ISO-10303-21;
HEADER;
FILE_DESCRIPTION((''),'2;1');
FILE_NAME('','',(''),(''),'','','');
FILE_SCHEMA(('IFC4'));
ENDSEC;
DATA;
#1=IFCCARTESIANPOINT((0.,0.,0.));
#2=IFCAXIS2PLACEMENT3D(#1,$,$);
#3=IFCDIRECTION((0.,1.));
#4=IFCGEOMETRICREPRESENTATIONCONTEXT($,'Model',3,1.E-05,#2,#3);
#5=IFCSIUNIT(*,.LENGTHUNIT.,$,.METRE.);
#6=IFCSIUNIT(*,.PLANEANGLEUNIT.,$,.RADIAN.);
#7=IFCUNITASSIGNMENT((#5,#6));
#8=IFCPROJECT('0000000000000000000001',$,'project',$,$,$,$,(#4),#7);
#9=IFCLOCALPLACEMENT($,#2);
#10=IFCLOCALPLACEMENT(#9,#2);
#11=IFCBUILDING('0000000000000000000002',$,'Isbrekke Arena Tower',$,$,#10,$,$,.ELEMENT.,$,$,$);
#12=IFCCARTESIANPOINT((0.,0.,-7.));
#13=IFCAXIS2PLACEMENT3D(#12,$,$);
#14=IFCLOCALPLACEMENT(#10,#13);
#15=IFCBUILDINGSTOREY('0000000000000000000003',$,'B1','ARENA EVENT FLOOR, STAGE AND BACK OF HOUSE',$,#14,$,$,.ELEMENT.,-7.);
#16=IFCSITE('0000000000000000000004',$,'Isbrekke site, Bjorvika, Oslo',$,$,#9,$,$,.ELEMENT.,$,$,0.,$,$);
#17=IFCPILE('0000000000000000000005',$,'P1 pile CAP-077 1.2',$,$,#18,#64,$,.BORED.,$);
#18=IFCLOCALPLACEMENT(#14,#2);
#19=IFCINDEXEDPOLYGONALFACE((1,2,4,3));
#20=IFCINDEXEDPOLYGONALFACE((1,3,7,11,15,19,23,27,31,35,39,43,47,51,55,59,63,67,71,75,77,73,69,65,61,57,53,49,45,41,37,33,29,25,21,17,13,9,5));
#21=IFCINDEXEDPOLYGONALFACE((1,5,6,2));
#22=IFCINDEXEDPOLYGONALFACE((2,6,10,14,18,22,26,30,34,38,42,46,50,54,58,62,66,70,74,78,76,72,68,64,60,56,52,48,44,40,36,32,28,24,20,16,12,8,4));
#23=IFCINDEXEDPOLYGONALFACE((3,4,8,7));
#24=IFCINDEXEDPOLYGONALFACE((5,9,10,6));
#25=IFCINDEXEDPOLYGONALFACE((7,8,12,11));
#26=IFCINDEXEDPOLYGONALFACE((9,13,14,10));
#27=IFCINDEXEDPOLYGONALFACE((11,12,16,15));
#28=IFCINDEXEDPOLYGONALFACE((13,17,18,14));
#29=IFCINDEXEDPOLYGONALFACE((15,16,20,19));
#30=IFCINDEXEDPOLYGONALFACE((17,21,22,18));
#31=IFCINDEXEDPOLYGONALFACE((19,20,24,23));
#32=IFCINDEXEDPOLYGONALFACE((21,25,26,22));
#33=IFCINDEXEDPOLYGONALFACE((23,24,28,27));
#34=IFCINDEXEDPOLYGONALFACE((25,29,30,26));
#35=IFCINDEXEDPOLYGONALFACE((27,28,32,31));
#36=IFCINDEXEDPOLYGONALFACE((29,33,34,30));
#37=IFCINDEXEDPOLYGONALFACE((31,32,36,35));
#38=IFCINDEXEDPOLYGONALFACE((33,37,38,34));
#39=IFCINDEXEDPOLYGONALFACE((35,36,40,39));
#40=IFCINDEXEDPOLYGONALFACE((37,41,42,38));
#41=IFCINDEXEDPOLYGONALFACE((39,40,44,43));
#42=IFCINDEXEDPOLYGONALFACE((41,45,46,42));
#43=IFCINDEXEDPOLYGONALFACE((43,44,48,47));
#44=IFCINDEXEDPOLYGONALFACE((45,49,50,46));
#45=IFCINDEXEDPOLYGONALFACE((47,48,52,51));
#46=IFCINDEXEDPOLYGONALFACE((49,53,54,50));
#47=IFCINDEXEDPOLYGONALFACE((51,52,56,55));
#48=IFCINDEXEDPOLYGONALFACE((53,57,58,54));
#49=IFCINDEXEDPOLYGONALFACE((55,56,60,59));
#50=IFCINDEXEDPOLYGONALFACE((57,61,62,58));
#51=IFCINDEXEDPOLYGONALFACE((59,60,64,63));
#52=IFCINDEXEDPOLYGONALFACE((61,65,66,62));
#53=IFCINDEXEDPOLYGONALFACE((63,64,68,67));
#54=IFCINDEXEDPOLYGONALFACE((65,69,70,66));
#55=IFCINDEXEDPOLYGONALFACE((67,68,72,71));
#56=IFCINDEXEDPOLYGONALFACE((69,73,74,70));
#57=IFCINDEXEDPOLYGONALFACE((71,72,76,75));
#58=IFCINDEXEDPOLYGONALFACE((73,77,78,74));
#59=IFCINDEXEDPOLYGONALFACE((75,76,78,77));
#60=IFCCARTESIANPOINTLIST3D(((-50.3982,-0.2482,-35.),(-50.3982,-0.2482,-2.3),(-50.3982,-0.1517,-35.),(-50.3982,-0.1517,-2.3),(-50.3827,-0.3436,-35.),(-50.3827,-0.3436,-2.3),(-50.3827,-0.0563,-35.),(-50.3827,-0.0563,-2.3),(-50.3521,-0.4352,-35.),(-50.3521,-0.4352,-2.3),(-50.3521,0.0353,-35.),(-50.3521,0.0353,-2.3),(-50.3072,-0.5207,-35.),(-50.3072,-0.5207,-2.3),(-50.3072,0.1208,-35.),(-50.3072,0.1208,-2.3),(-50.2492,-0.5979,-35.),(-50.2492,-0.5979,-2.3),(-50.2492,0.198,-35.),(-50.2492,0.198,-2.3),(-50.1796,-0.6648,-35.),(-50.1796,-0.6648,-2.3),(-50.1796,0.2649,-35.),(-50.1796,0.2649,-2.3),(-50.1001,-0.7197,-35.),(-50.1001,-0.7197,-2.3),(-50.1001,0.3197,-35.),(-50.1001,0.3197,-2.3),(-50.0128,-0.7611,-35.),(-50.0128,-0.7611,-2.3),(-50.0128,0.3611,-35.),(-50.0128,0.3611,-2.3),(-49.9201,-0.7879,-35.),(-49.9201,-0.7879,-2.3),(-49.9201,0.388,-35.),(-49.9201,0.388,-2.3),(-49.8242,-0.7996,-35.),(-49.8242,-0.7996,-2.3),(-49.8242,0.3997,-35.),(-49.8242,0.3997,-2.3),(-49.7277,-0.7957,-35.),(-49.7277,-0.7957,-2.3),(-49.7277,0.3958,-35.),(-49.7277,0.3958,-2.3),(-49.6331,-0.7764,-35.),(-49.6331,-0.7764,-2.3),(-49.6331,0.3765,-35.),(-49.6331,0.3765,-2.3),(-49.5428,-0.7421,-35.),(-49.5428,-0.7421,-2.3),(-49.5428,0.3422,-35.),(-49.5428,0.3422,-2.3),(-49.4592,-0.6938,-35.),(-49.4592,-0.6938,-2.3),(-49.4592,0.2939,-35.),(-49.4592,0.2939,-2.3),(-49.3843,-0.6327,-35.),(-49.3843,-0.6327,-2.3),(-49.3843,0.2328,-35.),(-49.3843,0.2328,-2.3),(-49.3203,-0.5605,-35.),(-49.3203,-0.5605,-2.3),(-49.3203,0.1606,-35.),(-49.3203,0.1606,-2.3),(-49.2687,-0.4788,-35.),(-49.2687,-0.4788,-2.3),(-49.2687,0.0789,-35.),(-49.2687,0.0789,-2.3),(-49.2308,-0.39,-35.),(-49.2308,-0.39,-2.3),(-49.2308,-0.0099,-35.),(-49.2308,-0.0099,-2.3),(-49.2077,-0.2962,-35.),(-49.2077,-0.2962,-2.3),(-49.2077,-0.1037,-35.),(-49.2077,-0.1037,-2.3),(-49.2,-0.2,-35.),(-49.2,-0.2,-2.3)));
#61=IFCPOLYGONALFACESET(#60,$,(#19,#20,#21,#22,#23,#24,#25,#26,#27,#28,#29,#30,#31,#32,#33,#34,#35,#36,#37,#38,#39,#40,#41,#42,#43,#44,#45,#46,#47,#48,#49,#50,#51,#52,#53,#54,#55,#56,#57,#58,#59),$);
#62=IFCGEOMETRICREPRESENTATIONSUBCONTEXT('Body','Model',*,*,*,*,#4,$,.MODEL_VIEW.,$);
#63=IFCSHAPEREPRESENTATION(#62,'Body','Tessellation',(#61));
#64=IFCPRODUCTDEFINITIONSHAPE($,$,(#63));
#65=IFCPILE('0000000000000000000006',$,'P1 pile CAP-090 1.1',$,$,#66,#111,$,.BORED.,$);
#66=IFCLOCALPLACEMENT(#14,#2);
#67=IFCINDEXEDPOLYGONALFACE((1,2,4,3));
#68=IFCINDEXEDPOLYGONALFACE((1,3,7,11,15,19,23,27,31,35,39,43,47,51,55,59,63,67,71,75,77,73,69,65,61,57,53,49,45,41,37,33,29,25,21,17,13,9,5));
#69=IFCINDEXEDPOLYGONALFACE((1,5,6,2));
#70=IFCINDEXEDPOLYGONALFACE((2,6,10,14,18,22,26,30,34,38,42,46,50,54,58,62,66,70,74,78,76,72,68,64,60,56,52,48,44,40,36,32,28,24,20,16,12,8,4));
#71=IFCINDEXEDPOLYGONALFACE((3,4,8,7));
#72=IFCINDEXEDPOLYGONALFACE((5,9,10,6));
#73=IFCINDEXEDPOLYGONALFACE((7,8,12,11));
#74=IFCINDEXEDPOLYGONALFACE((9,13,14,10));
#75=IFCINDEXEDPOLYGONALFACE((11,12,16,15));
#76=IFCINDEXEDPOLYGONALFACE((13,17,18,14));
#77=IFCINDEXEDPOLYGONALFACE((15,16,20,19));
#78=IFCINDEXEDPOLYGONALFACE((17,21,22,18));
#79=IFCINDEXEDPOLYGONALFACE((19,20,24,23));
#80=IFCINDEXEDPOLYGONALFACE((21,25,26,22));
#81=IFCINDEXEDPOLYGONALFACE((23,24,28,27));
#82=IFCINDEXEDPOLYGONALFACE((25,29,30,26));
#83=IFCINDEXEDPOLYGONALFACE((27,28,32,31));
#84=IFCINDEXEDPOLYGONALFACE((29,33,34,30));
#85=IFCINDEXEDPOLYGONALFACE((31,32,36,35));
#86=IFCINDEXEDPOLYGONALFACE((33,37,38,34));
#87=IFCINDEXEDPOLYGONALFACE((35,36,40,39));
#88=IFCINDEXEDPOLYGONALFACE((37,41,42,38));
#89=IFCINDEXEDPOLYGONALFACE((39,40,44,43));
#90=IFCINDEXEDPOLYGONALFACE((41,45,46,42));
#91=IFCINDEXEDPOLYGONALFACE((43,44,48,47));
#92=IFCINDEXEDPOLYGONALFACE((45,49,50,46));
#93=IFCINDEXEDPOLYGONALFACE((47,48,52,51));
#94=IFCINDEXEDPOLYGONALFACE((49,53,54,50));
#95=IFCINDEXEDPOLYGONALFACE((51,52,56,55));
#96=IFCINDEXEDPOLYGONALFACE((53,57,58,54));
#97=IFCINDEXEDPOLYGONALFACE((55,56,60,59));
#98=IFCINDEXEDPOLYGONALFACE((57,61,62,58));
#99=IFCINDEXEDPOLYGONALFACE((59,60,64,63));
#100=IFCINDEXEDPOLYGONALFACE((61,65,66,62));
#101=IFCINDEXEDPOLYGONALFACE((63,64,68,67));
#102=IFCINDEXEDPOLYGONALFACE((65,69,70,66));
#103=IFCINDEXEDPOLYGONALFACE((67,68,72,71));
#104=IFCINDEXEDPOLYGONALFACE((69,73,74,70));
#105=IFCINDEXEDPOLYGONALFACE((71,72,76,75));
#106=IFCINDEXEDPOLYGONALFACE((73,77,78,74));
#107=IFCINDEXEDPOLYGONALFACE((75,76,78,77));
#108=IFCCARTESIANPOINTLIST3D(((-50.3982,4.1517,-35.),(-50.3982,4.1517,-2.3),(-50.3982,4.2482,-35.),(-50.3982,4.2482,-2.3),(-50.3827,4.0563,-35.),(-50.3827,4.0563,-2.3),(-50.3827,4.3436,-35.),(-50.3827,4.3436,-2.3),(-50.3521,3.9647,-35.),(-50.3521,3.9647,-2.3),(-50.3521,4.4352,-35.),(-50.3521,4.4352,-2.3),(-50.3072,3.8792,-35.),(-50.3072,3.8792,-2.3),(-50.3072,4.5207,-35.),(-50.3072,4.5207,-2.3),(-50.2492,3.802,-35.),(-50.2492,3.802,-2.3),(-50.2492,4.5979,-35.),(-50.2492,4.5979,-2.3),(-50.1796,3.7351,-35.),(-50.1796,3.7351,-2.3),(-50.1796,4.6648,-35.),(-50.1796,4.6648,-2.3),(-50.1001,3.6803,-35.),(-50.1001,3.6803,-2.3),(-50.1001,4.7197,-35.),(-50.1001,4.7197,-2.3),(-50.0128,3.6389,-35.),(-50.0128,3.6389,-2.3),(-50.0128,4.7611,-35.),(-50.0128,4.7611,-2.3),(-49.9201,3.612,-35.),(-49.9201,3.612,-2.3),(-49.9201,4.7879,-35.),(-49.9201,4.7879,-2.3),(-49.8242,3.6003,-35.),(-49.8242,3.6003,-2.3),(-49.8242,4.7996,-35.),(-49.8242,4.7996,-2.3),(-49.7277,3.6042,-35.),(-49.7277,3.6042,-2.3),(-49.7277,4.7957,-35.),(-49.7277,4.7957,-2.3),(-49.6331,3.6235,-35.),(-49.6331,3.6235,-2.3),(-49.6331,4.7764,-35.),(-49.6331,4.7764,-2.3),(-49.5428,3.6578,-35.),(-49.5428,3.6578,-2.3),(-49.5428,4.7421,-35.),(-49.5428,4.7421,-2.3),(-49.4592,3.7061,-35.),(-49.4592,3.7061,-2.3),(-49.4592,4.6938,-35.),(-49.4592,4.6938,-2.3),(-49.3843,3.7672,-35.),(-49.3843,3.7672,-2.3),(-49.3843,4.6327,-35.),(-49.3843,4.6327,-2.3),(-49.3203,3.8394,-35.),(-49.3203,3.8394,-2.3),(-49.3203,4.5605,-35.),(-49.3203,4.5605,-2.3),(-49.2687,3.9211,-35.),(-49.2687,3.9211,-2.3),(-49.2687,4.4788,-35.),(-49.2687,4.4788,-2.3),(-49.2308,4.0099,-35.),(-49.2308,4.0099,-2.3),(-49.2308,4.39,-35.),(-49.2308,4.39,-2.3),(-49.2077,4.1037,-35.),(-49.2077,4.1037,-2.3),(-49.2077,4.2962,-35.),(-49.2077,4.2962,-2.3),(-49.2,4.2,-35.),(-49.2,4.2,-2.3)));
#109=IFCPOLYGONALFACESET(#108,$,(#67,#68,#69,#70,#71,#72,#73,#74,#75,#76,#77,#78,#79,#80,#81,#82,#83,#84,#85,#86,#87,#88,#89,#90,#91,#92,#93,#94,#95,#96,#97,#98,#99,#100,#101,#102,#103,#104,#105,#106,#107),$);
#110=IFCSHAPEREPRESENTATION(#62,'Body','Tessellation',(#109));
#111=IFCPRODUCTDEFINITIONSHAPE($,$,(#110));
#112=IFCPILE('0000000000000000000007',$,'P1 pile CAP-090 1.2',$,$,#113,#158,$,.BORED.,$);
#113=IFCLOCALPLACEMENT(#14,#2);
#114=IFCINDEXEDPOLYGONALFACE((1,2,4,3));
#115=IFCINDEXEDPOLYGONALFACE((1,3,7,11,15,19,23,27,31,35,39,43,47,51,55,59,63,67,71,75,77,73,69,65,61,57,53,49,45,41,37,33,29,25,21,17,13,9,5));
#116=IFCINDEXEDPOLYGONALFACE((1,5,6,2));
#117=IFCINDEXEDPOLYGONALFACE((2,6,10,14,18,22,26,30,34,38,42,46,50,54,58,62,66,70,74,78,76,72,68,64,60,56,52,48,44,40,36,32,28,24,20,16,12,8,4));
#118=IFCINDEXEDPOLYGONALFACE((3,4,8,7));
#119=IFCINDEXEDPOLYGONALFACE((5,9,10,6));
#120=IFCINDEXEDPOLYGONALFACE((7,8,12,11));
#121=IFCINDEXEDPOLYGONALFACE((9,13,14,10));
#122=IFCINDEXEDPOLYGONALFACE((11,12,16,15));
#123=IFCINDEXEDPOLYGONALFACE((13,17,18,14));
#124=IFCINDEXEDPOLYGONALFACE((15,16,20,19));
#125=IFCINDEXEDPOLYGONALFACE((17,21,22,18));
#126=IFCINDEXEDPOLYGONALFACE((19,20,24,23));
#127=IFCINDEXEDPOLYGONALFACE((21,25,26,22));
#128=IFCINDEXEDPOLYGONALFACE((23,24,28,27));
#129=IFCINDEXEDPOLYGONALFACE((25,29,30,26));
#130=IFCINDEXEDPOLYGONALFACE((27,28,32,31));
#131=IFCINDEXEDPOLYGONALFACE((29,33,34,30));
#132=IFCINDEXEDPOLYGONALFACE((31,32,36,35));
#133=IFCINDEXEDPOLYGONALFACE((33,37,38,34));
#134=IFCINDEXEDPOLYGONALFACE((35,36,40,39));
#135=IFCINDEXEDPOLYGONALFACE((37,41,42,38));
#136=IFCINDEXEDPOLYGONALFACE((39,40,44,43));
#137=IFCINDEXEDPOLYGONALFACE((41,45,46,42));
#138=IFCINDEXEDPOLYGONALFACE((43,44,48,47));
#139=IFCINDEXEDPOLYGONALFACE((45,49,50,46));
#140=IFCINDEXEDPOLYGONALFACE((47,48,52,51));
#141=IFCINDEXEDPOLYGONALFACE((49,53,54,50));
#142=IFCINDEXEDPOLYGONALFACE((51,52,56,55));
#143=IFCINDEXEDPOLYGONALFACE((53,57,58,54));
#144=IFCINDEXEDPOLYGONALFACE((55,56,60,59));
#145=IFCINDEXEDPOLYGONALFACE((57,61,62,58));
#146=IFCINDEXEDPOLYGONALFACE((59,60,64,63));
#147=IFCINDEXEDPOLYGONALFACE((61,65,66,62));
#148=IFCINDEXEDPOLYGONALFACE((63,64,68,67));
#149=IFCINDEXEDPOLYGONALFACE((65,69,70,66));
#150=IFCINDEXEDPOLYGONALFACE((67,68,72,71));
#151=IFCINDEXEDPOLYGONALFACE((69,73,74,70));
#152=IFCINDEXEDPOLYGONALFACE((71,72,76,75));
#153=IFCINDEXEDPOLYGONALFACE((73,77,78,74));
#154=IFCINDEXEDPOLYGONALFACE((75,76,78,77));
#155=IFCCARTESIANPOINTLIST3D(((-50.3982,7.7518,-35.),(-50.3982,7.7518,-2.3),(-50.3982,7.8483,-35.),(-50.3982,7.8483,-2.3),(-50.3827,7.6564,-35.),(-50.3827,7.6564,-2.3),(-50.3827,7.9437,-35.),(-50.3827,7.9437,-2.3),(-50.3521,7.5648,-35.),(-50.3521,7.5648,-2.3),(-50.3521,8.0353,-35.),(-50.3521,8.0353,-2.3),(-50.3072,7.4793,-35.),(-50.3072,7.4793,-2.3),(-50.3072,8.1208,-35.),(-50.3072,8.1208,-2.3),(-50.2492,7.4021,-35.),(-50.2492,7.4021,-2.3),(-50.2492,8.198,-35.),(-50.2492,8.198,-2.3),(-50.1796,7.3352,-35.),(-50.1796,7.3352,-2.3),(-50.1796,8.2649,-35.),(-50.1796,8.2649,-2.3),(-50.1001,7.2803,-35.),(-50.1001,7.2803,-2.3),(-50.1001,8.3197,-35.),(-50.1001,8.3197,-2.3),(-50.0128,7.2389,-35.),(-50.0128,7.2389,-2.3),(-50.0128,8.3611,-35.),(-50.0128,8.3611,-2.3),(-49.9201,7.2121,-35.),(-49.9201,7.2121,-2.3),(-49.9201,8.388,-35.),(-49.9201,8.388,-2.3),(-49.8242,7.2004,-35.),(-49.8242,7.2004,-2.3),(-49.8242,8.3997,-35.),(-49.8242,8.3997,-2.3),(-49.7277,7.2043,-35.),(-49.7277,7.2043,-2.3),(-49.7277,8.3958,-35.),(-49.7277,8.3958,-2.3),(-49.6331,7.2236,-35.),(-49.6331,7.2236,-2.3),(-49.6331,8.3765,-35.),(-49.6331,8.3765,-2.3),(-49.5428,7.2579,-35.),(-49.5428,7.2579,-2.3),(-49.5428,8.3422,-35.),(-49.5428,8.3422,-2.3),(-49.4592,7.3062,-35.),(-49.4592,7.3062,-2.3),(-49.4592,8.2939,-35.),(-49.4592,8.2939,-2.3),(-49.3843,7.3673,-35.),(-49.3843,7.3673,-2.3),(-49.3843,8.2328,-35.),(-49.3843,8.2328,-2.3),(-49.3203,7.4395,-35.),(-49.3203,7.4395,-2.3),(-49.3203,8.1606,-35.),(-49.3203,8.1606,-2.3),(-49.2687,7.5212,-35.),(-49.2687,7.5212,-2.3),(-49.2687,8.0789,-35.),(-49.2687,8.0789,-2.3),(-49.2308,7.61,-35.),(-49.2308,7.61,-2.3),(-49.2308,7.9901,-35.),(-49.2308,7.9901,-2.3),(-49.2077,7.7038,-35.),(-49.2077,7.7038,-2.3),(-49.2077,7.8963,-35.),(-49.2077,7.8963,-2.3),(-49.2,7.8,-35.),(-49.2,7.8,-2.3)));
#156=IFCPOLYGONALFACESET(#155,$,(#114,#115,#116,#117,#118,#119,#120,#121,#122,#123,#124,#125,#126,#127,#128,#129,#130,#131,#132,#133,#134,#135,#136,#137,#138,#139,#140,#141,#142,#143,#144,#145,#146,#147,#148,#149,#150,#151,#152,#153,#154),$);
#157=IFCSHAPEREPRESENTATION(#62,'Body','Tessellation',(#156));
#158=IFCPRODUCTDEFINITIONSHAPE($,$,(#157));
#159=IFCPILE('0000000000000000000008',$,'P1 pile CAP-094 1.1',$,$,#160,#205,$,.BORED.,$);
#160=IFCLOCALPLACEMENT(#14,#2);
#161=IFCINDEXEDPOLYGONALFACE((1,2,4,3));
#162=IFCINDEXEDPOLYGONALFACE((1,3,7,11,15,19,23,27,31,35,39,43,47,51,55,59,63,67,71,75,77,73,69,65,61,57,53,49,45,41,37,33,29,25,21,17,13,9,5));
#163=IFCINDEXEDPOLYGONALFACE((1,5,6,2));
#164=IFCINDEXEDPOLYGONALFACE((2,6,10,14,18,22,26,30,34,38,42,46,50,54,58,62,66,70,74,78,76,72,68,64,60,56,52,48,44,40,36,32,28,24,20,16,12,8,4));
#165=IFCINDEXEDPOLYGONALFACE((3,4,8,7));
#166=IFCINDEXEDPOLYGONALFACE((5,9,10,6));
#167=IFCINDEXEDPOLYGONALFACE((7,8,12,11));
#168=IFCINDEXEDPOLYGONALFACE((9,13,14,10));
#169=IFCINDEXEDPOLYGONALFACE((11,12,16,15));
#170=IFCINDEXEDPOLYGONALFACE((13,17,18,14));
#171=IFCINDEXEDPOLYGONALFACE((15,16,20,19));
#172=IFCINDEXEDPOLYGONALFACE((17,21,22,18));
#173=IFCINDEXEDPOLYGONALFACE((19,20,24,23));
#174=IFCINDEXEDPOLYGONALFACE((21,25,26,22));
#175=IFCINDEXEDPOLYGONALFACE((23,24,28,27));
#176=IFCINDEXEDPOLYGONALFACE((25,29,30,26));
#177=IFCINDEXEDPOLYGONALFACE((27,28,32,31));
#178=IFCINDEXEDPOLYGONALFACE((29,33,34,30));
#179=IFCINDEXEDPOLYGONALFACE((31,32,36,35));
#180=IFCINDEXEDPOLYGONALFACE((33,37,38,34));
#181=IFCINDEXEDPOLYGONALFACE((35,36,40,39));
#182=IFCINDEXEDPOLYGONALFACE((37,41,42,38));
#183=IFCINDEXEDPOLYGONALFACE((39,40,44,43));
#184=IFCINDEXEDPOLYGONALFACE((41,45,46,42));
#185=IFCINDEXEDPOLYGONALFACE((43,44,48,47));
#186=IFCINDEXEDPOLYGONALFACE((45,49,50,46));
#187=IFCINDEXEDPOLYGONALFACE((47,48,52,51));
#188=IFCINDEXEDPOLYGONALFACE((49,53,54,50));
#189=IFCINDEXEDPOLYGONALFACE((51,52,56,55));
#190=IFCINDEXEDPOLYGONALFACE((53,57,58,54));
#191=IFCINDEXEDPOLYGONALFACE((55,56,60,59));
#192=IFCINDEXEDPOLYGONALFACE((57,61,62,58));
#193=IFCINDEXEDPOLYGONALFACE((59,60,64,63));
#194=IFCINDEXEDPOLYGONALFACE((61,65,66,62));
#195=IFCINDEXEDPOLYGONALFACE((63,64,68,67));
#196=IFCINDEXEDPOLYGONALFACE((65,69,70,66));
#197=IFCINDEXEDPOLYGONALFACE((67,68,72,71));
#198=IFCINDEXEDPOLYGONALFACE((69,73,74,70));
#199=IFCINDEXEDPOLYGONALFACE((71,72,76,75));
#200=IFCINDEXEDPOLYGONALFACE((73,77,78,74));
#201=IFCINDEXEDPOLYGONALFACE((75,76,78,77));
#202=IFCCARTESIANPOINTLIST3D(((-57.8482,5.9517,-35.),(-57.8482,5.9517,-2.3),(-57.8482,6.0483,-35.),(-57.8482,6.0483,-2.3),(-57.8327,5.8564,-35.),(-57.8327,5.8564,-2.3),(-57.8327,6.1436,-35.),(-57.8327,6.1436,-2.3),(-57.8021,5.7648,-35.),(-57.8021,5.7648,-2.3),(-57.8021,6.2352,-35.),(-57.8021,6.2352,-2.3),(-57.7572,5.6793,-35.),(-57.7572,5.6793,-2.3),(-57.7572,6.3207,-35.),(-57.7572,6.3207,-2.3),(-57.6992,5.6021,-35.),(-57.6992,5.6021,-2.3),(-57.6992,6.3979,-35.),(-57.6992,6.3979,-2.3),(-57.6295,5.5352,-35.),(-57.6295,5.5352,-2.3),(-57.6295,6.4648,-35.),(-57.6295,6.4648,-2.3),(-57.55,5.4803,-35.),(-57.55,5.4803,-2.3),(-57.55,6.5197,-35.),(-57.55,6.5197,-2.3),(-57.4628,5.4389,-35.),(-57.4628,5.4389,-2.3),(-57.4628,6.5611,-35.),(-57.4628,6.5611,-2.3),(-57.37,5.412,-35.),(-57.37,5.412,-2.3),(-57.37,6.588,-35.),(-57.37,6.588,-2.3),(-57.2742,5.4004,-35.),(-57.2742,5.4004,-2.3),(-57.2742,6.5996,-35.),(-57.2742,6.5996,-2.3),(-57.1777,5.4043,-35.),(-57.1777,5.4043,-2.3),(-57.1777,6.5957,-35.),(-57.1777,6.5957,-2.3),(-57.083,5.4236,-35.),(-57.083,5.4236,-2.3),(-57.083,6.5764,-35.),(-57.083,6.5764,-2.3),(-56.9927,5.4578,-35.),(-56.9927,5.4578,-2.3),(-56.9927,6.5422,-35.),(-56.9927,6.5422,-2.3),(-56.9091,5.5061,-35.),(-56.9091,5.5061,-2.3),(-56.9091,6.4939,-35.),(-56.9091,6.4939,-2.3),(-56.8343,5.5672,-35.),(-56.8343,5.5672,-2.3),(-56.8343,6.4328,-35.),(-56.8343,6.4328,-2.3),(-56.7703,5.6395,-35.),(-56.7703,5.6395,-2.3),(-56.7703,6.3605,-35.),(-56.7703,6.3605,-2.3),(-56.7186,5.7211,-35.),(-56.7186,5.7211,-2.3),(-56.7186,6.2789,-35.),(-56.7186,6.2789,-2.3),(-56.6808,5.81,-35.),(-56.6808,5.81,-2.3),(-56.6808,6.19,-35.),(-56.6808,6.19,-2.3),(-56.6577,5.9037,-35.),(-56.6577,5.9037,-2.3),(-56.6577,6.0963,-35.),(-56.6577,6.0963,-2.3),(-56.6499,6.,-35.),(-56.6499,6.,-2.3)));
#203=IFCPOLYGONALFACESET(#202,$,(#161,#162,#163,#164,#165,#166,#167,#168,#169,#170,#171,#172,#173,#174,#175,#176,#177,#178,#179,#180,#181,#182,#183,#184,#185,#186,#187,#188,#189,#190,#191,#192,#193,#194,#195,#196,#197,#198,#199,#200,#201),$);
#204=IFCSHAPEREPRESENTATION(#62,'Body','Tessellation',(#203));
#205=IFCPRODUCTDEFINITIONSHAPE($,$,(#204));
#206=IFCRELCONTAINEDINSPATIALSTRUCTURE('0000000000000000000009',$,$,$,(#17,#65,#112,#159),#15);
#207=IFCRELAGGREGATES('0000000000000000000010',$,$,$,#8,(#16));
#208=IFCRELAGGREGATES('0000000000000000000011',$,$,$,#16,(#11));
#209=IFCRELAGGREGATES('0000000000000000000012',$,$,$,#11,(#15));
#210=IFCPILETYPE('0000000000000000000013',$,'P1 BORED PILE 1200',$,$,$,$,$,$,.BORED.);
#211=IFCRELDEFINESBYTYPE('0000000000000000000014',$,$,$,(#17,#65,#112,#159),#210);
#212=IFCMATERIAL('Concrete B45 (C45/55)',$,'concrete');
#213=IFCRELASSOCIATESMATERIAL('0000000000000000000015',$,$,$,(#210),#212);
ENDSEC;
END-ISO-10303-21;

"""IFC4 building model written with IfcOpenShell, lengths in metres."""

from ifc_helpers import new_model, si_unit, direction, frame, origin, origin_2d, place, context, subcontext, project, spatial, circle, extrude, material, material_profile, profile_set, type_object, element, save


model = new_model("IFC4")

# Units and contexts
model_context = context("Model", 3, precision=1e-05, world=origin(), true_north=direction((0.0, 1.0)))
body_context = subcontext(model_context, "Body", "Model", "MODEL_VIEW")
ifc_project = project(units=[si_unit("LENGTHUNIT", "METRE"), si_unit("PLANEANGLEUNIT", "RADIAN")], contexts=[model_context])

# Site, building, storey
site_placement = place(None, origin())
site = spatial("IfcSite", under=ifc_project, at=site_placement, Name="Isbrekke site, Bjorvika, Oslo", CompositionType="ELEMENT", RefElevation=0.0)
building_placement = place(site_placement, origin())
building = spatial("IfcBuilding", under=site, at=building_placement, Name="Isbrekke Arena Tower", CompositionType="ELEMENT")
storey_placement = place(building_placement, frame((0.0, 0.0, -7.0)))
storey = spatial("IfcBuildingStorey", under=building, at=storey_placement, Name="B1", Description="ARENA EVENT FLOOR, STAGE AND BACK OF HOUSE", CompositionType="ELEMENT", Elevation=-7.0)

# Piles
ifc_material_1 = material(Name="Concrete B45 (C45/55)", Category="concrete")
ifc_material_profile_1 = material_profile(ifc_material_1, circle(Radius=0.6001, at=origin_2d()), Name="BORED PILE D1200")
ifc_profile_set_1 = profile_set([ifc_material_profile_1], Name="Concrete B45 (C45/55)")
pile_type = type_object("IfcPileType", Name="P1 BORED PILE 1200", PredefinedType="BORED", material=ifc_profile_set_1)
for number, where, z_axis, x_axis, name in (
    (1, (-49.8, -0.2, -2.3), (0.0, 0.0, -1.0), (1.0, 0.0, 0.0), "P1 pile CAP-077 1.2"),
    (2, (-49.8, 4.2, -2.3), (0.0, 0.0, -1.0), (1.0, 0.0, 0.0), "P1 pile CAP-090 1.1"),
    (3, (-49.8, 7.8, -2.3), (0.0, 0.0, -1.0), (1.0, 0.0, 0.0), "P1 pile CAP-090 1.2"),
    (4, (-57.25, 6.0, -2.3), (0.0, 0.0, -1.0), (1.0, 0.0, 0.0), "P1 pile CAP-094 1.1"),
):
    element("IfcPile", number, at=place(storey_placement, frame(where, z_axis=z_axis, x_axis=x_axis)), inside=storey, type_object=pile_type, Name=name, PredefinedType="BORED", context=body_context, shape_type="SweptSolid", body=[
        extrude(circle(Radius=0.6001, at=origin_2d()), origin(), (0.0, 0.0, 1.0), 32.7),
    ])

save(model, "model.ifc")
